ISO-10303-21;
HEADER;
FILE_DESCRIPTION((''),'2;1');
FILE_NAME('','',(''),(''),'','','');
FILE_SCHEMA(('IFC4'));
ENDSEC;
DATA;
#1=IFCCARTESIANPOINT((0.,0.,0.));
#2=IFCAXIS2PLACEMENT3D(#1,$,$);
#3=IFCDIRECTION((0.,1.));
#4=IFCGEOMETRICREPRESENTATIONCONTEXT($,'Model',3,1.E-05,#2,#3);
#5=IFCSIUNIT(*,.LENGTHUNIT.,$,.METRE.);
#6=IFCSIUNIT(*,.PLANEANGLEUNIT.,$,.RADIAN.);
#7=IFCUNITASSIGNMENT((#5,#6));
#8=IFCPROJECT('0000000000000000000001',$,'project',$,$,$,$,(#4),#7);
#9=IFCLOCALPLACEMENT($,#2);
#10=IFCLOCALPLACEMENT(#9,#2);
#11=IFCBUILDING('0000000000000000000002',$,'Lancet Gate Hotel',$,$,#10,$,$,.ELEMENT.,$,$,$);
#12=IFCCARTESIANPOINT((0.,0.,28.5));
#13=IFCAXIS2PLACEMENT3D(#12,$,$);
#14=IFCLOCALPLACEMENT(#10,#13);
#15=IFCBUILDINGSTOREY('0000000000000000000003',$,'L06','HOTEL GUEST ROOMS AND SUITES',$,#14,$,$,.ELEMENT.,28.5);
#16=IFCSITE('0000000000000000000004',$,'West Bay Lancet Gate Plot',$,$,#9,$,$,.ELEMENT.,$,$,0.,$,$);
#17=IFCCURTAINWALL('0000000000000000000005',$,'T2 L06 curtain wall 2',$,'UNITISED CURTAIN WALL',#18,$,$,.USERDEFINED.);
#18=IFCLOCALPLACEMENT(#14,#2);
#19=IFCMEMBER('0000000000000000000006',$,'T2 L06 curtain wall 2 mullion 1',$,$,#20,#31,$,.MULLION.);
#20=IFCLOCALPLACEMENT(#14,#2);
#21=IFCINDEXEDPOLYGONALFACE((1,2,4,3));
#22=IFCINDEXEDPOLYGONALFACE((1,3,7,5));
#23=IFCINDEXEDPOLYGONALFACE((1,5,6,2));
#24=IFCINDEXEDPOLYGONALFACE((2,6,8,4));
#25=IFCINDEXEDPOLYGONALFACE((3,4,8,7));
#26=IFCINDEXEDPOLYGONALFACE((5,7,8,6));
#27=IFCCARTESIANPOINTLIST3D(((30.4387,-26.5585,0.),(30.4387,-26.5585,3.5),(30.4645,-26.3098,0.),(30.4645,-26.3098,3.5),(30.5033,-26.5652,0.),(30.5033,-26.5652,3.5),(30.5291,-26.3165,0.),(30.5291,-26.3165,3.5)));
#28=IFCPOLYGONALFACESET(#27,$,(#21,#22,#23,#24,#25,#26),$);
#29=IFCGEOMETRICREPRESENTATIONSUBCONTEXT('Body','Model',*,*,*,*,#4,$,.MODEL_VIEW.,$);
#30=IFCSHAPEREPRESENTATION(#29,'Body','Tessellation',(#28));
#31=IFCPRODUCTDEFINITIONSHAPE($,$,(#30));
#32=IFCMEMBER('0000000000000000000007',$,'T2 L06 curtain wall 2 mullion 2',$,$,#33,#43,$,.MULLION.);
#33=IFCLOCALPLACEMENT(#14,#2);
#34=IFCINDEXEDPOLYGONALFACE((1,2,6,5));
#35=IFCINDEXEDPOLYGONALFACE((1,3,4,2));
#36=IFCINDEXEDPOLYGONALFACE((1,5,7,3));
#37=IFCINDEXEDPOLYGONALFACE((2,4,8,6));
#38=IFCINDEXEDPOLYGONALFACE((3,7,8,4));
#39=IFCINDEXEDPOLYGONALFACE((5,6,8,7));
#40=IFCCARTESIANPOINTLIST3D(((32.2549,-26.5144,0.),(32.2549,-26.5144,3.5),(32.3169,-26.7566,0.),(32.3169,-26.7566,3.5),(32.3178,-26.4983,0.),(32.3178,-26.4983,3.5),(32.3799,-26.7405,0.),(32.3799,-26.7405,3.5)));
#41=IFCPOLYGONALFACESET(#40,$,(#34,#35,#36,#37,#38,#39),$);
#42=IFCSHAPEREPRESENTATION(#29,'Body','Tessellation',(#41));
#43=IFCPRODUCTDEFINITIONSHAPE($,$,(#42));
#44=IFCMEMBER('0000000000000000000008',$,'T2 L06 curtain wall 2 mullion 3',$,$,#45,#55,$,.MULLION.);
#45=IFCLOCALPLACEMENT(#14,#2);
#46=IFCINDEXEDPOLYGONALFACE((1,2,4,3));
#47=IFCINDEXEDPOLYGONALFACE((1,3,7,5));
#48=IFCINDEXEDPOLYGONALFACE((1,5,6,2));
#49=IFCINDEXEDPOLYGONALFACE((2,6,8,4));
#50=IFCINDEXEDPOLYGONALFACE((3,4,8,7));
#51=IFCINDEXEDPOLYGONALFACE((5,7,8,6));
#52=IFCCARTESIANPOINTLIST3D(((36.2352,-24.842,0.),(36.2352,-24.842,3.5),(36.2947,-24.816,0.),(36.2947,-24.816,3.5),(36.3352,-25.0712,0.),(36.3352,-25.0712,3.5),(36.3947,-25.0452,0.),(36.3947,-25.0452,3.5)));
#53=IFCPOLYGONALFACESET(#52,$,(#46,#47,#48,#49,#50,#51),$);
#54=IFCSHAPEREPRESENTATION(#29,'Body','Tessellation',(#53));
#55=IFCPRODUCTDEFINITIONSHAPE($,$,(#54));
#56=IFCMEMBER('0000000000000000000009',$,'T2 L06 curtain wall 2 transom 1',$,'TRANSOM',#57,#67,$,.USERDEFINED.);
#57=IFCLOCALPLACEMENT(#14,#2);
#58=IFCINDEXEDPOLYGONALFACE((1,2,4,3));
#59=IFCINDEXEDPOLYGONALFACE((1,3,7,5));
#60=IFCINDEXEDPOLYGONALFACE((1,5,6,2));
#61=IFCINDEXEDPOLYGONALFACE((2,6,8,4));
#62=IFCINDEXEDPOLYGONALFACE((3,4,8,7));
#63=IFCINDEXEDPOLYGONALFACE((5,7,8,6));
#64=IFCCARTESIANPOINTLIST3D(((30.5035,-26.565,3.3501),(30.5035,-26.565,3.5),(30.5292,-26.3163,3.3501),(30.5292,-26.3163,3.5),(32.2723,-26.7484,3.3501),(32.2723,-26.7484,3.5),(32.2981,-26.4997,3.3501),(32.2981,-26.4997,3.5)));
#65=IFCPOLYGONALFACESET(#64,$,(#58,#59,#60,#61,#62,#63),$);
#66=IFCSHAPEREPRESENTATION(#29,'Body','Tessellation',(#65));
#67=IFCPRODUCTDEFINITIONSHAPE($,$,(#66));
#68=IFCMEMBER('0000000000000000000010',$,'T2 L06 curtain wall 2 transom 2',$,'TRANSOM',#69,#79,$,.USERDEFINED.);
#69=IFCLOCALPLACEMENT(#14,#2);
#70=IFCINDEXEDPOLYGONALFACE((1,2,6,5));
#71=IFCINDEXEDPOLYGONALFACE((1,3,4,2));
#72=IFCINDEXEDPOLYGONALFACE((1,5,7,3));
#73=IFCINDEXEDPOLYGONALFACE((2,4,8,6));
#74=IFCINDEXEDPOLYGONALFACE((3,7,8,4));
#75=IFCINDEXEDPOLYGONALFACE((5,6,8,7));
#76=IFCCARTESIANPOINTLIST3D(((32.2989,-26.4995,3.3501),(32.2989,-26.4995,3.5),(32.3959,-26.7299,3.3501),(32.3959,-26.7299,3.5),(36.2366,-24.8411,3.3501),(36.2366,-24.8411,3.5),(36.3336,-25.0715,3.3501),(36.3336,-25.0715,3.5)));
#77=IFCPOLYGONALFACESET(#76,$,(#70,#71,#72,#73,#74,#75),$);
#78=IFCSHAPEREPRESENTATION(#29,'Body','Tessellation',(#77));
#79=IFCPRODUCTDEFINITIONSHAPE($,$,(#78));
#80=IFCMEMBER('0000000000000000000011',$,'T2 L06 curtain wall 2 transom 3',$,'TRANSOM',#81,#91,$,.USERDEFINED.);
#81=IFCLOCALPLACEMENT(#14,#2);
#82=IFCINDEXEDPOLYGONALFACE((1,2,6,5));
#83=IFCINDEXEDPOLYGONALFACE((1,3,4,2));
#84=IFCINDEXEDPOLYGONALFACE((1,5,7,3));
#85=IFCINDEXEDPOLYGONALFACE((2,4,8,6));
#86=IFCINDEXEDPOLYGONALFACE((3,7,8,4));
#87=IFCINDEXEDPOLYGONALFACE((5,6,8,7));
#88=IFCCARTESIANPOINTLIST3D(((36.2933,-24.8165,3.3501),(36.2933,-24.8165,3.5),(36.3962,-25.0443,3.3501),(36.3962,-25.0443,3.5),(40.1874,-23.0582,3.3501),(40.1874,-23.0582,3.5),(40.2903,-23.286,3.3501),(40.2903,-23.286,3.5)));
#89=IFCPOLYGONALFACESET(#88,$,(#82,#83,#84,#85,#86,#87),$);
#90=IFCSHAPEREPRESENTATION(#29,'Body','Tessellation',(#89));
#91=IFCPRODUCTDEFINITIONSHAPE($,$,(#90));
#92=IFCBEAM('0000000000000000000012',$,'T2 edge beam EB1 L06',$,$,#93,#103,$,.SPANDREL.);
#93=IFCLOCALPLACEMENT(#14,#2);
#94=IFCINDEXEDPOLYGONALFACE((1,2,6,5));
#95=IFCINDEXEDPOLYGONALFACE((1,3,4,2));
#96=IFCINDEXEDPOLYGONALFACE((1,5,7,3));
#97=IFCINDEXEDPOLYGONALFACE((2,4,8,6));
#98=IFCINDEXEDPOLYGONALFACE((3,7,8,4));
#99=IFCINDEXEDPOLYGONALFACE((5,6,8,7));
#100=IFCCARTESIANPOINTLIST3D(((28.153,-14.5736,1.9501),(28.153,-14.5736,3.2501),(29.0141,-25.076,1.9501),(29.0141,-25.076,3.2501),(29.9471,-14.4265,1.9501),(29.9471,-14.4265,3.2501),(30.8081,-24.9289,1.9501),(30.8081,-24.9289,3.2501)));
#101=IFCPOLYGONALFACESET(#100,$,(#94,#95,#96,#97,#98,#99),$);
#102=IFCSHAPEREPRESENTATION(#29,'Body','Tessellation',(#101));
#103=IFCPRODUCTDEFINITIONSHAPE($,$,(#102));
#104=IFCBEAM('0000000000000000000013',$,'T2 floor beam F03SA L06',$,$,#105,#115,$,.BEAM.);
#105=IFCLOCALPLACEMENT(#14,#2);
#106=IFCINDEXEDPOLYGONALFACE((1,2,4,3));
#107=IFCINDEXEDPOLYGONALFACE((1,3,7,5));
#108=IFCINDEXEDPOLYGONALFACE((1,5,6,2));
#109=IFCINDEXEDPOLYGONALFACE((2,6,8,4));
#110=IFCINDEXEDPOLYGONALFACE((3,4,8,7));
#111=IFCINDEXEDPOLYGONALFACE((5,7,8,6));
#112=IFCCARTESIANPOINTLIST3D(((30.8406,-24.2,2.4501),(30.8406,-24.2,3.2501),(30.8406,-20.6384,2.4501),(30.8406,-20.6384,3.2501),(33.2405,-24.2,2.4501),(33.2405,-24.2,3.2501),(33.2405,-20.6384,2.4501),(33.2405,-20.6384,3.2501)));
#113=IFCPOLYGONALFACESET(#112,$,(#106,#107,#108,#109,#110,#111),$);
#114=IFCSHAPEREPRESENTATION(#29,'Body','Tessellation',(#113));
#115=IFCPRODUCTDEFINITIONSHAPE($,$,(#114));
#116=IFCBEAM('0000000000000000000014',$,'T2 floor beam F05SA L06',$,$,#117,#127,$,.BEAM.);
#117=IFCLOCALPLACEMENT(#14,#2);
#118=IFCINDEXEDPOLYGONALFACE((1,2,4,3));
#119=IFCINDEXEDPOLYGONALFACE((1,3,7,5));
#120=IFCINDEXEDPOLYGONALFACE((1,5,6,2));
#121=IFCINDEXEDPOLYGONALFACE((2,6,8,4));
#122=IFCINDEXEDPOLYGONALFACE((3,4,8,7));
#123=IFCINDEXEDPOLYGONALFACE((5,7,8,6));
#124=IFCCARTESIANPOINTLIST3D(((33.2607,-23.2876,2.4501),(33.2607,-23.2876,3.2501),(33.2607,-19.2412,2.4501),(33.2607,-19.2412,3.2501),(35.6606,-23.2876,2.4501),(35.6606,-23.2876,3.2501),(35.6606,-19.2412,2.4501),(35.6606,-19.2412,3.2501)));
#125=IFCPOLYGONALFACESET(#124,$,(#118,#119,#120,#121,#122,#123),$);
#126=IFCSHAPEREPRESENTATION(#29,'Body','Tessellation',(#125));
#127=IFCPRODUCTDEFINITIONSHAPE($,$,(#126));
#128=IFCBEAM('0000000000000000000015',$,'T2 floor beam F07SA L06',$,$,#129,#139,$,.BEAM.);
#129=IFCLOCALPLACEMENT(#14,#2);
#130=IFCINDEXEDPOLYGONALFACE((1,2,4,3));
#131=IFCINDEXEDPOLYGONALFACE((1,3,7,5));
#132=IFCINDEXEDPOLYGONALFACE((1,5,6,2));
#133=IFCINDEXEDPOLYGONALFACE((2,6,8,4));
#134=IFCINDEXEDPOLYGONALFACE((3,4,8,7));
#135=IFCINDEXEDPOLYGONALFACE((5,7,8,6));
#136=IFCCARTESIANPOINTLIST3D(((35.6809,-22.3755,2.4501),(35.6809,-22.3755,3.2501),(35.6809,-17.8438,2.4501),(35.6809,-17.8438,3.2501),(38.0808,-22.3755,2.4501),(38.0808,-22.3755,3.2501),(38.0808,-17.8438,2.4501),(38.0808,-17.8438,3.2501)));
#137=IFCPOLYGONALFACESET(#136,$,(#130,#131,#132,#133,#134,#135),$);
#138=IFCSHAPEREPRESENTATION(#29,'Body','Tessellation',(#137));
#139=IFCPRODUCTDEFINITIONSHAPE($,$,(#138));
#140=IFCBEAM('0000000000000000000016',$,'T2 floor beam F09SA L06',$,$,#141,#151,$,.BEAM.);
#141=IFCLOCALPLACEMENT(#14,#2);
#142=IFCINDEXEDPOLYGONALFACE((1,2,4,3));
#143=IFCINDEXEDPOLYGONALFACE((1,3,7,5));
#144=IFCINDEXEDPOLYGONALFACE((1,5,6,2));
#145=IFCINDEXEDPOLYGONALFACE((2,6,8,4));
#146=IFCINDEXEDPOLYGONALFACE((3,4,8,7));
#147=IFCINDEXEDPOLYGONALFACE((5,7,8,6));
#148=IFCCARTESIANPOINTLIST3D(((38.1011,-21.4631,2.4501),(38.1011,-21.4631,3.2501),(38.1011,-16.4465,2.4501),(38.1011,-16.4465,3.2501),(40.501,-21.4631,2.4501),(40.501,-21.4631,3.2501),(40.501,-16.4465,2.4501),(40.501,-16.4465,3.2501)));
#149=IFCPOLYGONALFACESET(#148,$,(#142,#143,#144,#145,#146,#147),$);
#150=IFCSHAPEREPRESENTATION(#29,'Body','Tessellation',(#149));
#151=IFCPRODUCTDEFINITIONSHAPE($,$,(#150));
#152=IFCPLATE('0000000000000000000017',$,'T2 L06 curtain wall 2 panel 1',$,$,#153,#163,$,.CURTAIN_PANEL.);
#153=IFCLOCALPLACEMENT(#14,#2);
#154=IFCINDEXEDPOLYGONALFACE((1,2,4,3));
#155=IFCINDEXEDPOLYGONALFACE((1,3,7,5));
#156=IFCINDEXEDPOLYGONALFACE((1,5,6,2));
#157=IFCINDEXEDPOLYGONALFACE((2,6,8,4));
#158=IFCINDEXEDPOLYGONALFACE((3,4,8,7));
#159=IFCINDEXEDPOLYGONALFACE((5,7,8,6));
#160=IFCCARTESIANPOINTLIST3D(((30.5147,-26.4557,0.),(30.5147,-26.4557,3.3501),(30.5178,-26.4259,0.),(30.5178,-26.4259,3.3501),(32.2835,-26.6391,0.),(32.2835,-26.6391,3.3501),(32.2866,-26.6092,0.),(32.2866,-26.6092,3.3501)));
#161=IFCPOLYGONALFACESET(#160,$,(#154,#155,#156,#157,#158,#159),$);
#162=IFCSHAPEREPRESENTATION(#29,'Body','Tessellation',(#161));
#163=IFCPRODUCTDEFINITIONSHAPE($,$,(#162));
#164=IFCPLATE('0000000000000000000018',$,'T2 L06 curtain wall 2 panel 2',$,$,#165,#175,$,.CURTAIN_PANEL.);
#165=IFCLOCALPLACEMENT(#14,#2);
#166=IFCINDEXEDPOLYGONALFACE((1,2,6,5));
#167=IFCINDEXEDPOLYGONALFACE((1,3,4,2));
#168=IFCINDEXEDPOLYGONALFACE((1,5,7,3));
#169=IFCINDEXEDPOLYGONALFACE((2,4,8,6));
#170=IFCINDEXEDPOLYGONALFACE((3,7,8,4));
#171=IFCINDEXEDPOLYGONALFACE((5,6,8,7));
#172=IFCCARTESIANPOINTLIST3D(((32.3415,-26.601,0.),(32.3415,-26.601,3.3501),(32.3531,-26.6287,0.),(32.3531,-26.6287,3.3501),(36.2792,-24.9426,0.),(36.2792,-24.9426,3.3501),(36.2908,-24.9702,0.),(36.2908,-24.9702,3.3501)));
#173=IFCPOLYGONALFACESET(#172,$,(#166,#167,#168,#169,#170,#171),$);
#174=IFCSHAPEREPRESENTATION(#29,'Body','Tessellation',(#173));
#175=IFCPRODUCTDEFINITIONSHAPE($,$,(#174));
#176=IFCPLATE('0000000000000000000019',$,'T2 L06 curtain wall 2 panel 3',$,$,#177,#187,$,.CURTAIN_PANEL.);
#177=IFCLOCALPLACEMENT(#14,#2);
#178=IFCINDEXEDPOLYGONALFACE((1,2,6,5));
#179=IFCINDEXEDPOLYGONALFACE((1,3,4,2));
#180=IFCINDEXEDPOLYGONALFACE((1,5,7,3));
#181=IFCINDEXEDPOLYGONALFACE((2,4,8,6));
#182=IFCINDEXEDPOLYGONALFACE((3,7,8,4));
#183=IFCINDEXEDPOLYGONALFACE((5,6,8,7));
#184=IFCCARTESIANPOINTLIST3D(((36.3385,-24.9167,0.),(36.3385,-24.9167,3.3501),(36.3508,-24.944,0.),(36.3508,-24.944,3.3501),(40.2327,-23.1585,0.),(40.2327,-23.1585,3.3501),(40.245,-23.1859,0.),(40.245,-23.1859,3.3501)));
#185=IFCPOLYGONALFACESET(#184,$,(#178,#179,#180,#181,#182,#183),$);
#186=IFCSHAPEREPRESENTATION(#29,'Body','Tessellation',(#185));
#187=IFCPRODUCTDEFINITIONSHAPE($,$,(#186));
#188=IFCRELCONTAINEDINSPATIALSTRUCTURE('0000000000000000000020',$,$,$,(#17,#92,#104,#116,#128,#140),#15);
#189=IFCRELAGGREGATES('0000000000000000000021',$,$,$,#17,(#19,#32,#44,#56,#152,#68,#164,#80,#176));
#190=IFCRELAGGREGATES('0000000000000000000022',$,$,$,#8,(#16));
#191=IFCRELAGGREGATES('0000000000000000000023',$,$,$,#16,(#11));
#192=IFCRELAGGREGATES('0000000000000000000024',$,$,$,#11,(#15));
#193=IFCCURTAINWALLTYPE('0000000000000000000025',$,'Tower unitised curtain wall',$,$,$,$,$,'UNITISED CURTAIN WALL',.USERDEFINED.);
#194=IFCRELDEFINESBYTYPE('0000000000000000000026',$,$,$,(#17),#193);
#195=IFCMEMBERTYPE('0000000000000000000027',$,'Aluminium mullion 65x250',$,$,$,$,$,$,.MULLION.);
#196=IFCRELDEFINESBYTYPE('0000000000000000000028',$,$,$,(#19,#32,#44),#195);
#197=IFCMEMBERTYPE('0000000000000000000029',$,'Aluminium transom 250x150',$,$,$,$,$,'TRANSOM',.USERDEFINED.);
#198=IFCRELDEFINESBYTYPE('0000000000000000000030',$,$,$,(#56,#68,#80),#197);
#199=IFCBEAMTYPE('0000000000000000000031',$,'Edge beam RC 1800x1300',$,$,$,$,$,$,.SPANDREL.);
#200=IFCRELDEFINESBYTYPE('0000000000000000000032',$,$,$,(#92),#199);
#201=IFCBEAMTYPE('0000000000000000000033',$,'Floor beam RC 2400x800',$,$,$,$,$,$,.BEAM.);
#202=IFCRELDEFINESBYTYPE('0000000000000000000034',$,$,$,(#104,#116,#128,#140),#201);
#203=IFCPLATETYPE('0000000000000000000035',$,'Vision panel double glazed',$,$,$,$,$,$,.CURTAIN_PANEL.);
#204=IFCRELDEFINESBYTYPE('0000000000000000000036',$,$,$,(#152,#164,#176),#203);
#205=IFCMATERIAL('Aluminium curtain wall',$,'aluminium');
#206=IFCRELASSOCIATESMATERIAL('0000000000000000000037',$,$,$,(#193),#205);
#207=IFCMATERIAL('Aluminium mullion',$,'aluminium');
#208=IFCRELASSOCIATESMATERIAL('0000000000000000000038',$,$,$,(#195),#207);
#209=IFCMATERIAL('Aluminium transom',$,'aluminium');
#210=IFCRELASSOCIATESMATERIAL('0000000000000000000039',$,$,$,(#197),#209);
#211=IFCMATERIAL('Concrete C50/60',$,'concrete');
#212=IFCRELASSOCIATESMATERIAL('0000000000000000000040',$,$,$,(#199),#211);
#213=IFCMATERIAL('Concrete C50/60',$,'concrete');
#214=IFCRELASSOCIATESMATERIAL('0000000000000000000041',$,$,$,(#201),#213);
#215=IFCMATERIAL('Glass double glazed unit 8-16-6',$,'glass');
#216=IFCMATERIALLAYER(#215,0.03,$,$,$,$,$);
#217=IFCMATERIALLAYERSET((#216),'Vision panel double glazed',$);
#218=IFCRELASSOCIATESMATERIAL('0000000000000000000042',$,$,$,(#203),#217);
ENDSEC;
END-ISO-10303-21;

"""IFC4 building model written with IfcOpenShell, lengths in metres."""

from ifc_helpers import new_model, si_unit, direction, frame, origin, origin_2d, place, context, subcontext, project, spatial, rectangle, extrude, material, layer, layer_set, material_profile, profile_set, type_object, element, aggregate, save


model = new_model("IFC4")

# Units and contexts
model_context = context("Model", 3, precision=1e-05, world=origin(), true_north=direction((0.0, 1.0)))
body_context = subcontext(model_context, "Body", "Model", "MODEL_VIEW")
ifc_project = project(units=[si_unit("LENGTHUNIT", "METRE"), si_unit("PLANEANGLEUNIT", "RADIAN")], contexts=[model_context])

# Site, building, storey
site_placement = place(None, origin())
site = spatial("IfcSite", under=ifc_project, at=site_placement, Name="West Bay Lancet Gate Plot", CompositionType="ELEMENT", RefElevation=0.0)
building_placement = place(site_placement, origin())
building = spatial("IfcBuilding", under=site, at=building_placement, Name="Lancet Gate Hotel", CompositionType="ELEMENT")
storey_placement = place(building_placement, frame((0.0, 0.0, 28.5)))
storey = spatial("IfcBuildingStorey", under=building, at=storey_placement, Name="L06", Description="HOTEL GUEST ROOMS AND SUITES", CompositionType="ELEMENT", Elevation=28.5)

# Curtain wall, members
ifc_material_1 = material(Name="Aluminium curtain wall", Category="aluminium")
curtain_wall_type = type_object("IfcCurtainWallType", Name="Tower unitised curtain wall", ElementType="UNITISED CURTAIN WALL", PredefinedType="USERDEFINED", material=ifc_material_1)
curtain_wall_placement = place(storey_placement, origin())
curtain_wall = element("IfcCurtainWall", 1, at=curtain_wall_placement, inside=storey, type_object=curtain_wall_type, Name="T2 L06 curtain wall 2", ObjectType="UNITISED CURTAIN WALL", PredefinedType="USERDEFINED")
ifc_material_2 = material(Name="Aluminium mullion", Category="aluminium")
ifc_material_profile_1 = material_profile(ifc_material_2, rectangle(XDim=0.0649, YDim=0.25, at=origin_2d()), Name="MULLION 65x250")
ifc_profile_set_1 = profile_set([ifc_material_profile_1], Name="Aluminium mullion")
member_type_1 = type_object("IfcMemberType", Name="Aluminium mullion 65x250", PredefinedType="MULLION", material=ifc_profile_set_1)
member_1_placement = place(storey_placement, frame((30.4839, -26.4375, 0.0), z_axis=(0.0, 0.0, 1.0), x_axis=(0.994672, -0.103088, 0.0)))
member_1 = element("IfcMember", 2, at=member_1_placement, type_object=member_type_1, Name="T2 L06 curtain wall 2 mullion 1", PredefinedType="MULLION", context=body_context, shape_type="SweptSolid", body=[
    extrude(rectangle(XDim=0.0649, YDim=0.25, at=origin_2d()), origin(), (0.0, 0.0, 1.0), 3.5),
])
member_2_placement = place(storey_placement, frame((32.3174, -26.6274, 0.0), z_axis=(0.0, 0.0, 1.0), x_axis=(0.968721, 0.24815, 0.0)))
member_2 = element("IfcMember", 3, at=member_2_placement, type_object=member_type_1, Name="T2 L06 curtain wall 2 mullion 2", PredefinedType="MULLION", context=body_context, shape_type="SweptSolid", body=[
    extrude(rectangle(XDim=0.0649, YDim=0.25, at=origin_2d()), origin(), (0.0, 0.0, 1.0), 3.5),
])
member_3_placement = place(storey_placement, frame((36.3149, -24.9436, 0.0), z_axis=(0.0, 0.0, 1.0), x_axis=(0.916579, 0.399854, 0.0)))
member_3 = element("IfcMember", 4, at=member_3_placement, type_object=member_type_1, Name="T2 L06 curtain wall 2 mullion 3", PredefinedType="MULLION", context=body_context, shape_type="SweptSolid", body=[
    extrude(rectangle(XDim=0.0649, YDim=0.25, at=origin_2d()), origin(), (0.0, 0.0, 1.0), 3.5),
])
ifc_material_3 = material(Name="Aluminium transom", Category="aluminium")
ifc_material_profile_2 = material_profile(ifc_material_3, rectangle(XDim=0.25, YDim=0.1499, at=origin_2d()), Name="TRANSOM 250x150")
ifc_profile_set_2 = profile_set([ifc_material_profile_2], Name="Aluminium transom")
member_type_2 = type_object("IfcMemberType", Name="Aluminium transom 250x150", ElementType="TRANSOM", PredefinedType="USERDEFINED", material=ifc_profile_set_2)
member_4_placement = place(storey_placement, frame((30.5164, -26.4407, 3.425), z_axis=(0.99467, -0.103105, 0.0), x_axis=(0.103105, 0.99467, 0.0)))
member_4 = element("IfcMember", 5, at=member_4_placement, type_object=member_type_2, Name="T2 L06 curtain wall 2 transom 1", ObjectType="TRANSOM", PredefinedType="USERDEFINED", context=body_context, shape_type="SweptSolid", body=[
    extrude(rectangle(XDim=0.25, YDim=0.1499, at=origin_2d()), origin(), (0.0, 0.0, 1.0), 1.7783),
])
member_5_placement = place(storey_placement, frame((32.3474, -26.6147, 3.425), z_axis=(0.921598, 0.388146, 0.0), x_axis=(-0.388146, 0.921598, 0.0)))
member_5 = element("IfcMember", 6, at=member_5_placement, type_object=member_type_2, Name="T2 L06 curtain wall 2 transom 2", ObjectType="TRANSOM", PredefinedType="USERDEFINED", context=body_context, shape_type="SweptSolid", body=[
    extrude(rectangle(XDim=0.25, YDim=0.1499, at=origin_2d()), origin(), (0.0, 0.0, 1.0), 4.2727),
])
member_6_placement = place(storey_placement, frame((36.3447, -24.9304, 3.425), z_axis=(0.911397, 0.411529, 0.0), x_axis=(-0.411529, 0.911397, 0.0)))
member_6 = element("IfcMember", 7, at=member_6_placement, type_object=member_type_2, Name="T2 L06 curtain wall 2 transom 3", ObjectType="TRANSOM", PredefinedType="USERDEFINED", context=body_context, shape_type="SweptSolid", body=[
    extrude(rectangle(XDim=0.25, YDim=0.1499, at=origin_2d()), origin(), (0.0, 0.0, 1.0), 4.2727),
])

# Beams
ifc_material_4 = material(Name="Concrete C50/60", Category="concrete")
ifc_material_profile_3 = material_profile(ifc_material_4, rectangle(XDim=1.8, YDim=1.3, at=origin_2d()), Name="RC 1800x1300")
ifc_profile_set_3 = profile_set([ifc_material_profile_3], Name="Concrete C50/60")
beam_type_1 = type_object("IfcBeamType", Name="Edge beam RC 1800x1300", PredefinedType="SPANDREL", material=ifc_profile_set_3)
beam_1_placement = place(storey_placement, frame((29.9111, -25.0024, 2.6001), z_axis=(-0.081715, 0.996656, 0.0), x_axis=(-0.996656, -0.081715, 0.0)))
element("IfcBeam", 8, at=beam_1_placement, inside=storey, type_object=beam_type_1, Name="T2 edge beam EB1 L06", PredefinedType="SPANDREL", context=body_context, shape_type="SweptSolid", body=[
    extrude(rectangle(XDim=1.8, YDim=1.3, at=origin_2d()), origin(), (0.0, 0.0, 1.0), 10.5376),
])
ifc_material_5 = material(Name="Concrete C50/60", Category="concrete")
ifc_material_profile_4 = material_profile(ifc_material_5, rectangle(XDim=2.3999, YDim=0.8, at=origin_2d()), Name="RC 2400x800")
ifc_profile_set_4 = profile_set([ifc_material_profile_4], Name="Concrete C50/60")
beam_type_2 = type_object("IfcBeamType", Name="Floor beam RC 2400x800", PredefinedType="BEAM", material=ifc_profile_set_4)
beam_2_placement = place(storey_placement, frame((32.0405, -24.2, 2.8501), z_axis=(0.0, 1.0, 0.0), x_axis=(-1.0, 0.0, 0.0)))
element("IfcBeam", 9, at=beam_2_placement, inside=storey, type_object=beam_type_2, Name="T2 floor beam F03SA L06", PredefinedType="BEAM", context=body_context, shape_type="SweptSolid", body=[
    extrude(rectangle(XDim=2.3999, YDim=0.8, at=origin_2d()), origin(), (0.0, 0.0, 1.0), 3.5615),
])
beam_3_placement = place(storey_placement, frame((34.4607, -23.2876, 2.8501), z_axis=(0.0, 1.0, 0.0), x_axis=(-1.0, 0.0, 0.0)))
element("IfcBeam", 10, at=beam_3_placement, inside=storey, type_object=beam_type_2, Name="T2 floor beam F05SA L06", PredefinedType="BEAM", context=body_context, shape_type="SweptSolid", body=[
    extrude(rectangle(XDim=2.3999, YDim=0.8, at=origin_2d()), origin(), (0.0, 0.0, 1.0), 4.0464),
])
beam_4_placement = place(storey_placement, frame((36.8809, -22.3755, 2.8501), z_axis=(0.0, 1.0, 0.0), x_axis=(-1.0, 0.0, 0.0)))
element("IfcBeam", 11, at=beam_4_placement, inside=storey, type_object=beam_type_2, Name="T2 floor beam F07SA L06", PredefinedType="BEAM", context=body_context, shape_type="SweptSolid", body=[
    extrude(rectangle(XDim=2.3999, YDim=0.8, at=origin_2d()), origin(), (0.0, 0.0, 1.0), 4.5317),
])
beam_5_placement = place(storey_placement, frame((39.301, -21.4631, 2.8501), z_axis=(0.0, 1.0, 0.0), x_axis=(-1.0, 0.0, 0.0)))
element("IfcBeam", 12, at=beam_5_placement, inside=storey, type_object=beam_type_2, Name="T2 floor beam F09SA L06", PredefinedType="BEAM", context=body_context, shape_type="SweptSolid", body=[
    extrude(rectangle(XDim=2.3999, YDim=0.8, at=origin_2d()), origin(), (0.0, 0.0, 1.0), 5.0166),
])

# Plates
ifc_material_6 = material(Name="Glass double glazed unit 8-16-6", Category="glass")
ifc_layer_1 = layer(ifc_material_6, 0.03)
ifc_layer_set_1 = layer_set([ifc_layer_1], Name="Vision panel double glazed")
plate_type = type_object("IfcPlateType", Name="Vision panel double glazed", PredefinedType="CURTAIN_PANEL", material=ifc_layer_set_1)
plate_1_placement = place(storey_placement, frame((31.4006, -26.5325, 0.0), z_axis=(0.0, 0.0, 1.0), x_axis=(0.994672, -0.103088, 0.0)))
plate_1 = element("IfcPlate", 13, at=plate_1_placement, type_object=plate_type, Name="T2 L06 curtain wall 2 panel 1", PredefinedType="CURTAIN_PANEL", context=body_context, shape_type="SweptSolid", body=[
    extrude(rectangle(XDim=1.7783, YDim=0.03, at=origin_2d()), origin(), (0.0, 0.0, 1.0), 3.3501),
])
plate_2_placement = place(storey_placement, frame((34.3162, -25.7856, 0.0), z_axis=(0.0, 0.0, 1.0), x_axis=(0.921593, 0.388157, 0.0)))
plate_2 = element("IfcPlate", 14, at=plate_2_placement, type_object=plate_type, Name="T2 L06 curtain wall 2 panel 2", PredefinedType="CURTAIN_PANEL", context=body_context, shape_type="SweptSolid", body=[
    extrude(rectangle(XDim=4.2727, YDim=0.03, at=origin_2d()), origin(), (0.0, 0.0, 1.0), 3.3501),
])
plate_3_placement = place(storey_placement, frame((38.2917, -24.0513, 0.0), z_axis=(0.0, 0.0, 1.0), x_axis=(0.911416, 0.411487, 0.0)))
plate_3 = element("IfcPlate", 15, at=plate_3_placement, type_object=plate_type, Name="T2 L06 curtain wall 2 panel 3", PredefinedType="CURTAIN_PANEL", context=body_context, shape_type="SweptSolid", body=[
    extrude(rectangle(XDim=4.2727, YDim=0.03, at=origin_2d()), origin(), (0.0, 0.0, 1.0), 3.3501),
])
aggregate(curtain_wall, [member_1, member_2, member_3, member_4, plate_1, member_5, plate_2, member_6, plate_3])

save(model, "model.ifc")
